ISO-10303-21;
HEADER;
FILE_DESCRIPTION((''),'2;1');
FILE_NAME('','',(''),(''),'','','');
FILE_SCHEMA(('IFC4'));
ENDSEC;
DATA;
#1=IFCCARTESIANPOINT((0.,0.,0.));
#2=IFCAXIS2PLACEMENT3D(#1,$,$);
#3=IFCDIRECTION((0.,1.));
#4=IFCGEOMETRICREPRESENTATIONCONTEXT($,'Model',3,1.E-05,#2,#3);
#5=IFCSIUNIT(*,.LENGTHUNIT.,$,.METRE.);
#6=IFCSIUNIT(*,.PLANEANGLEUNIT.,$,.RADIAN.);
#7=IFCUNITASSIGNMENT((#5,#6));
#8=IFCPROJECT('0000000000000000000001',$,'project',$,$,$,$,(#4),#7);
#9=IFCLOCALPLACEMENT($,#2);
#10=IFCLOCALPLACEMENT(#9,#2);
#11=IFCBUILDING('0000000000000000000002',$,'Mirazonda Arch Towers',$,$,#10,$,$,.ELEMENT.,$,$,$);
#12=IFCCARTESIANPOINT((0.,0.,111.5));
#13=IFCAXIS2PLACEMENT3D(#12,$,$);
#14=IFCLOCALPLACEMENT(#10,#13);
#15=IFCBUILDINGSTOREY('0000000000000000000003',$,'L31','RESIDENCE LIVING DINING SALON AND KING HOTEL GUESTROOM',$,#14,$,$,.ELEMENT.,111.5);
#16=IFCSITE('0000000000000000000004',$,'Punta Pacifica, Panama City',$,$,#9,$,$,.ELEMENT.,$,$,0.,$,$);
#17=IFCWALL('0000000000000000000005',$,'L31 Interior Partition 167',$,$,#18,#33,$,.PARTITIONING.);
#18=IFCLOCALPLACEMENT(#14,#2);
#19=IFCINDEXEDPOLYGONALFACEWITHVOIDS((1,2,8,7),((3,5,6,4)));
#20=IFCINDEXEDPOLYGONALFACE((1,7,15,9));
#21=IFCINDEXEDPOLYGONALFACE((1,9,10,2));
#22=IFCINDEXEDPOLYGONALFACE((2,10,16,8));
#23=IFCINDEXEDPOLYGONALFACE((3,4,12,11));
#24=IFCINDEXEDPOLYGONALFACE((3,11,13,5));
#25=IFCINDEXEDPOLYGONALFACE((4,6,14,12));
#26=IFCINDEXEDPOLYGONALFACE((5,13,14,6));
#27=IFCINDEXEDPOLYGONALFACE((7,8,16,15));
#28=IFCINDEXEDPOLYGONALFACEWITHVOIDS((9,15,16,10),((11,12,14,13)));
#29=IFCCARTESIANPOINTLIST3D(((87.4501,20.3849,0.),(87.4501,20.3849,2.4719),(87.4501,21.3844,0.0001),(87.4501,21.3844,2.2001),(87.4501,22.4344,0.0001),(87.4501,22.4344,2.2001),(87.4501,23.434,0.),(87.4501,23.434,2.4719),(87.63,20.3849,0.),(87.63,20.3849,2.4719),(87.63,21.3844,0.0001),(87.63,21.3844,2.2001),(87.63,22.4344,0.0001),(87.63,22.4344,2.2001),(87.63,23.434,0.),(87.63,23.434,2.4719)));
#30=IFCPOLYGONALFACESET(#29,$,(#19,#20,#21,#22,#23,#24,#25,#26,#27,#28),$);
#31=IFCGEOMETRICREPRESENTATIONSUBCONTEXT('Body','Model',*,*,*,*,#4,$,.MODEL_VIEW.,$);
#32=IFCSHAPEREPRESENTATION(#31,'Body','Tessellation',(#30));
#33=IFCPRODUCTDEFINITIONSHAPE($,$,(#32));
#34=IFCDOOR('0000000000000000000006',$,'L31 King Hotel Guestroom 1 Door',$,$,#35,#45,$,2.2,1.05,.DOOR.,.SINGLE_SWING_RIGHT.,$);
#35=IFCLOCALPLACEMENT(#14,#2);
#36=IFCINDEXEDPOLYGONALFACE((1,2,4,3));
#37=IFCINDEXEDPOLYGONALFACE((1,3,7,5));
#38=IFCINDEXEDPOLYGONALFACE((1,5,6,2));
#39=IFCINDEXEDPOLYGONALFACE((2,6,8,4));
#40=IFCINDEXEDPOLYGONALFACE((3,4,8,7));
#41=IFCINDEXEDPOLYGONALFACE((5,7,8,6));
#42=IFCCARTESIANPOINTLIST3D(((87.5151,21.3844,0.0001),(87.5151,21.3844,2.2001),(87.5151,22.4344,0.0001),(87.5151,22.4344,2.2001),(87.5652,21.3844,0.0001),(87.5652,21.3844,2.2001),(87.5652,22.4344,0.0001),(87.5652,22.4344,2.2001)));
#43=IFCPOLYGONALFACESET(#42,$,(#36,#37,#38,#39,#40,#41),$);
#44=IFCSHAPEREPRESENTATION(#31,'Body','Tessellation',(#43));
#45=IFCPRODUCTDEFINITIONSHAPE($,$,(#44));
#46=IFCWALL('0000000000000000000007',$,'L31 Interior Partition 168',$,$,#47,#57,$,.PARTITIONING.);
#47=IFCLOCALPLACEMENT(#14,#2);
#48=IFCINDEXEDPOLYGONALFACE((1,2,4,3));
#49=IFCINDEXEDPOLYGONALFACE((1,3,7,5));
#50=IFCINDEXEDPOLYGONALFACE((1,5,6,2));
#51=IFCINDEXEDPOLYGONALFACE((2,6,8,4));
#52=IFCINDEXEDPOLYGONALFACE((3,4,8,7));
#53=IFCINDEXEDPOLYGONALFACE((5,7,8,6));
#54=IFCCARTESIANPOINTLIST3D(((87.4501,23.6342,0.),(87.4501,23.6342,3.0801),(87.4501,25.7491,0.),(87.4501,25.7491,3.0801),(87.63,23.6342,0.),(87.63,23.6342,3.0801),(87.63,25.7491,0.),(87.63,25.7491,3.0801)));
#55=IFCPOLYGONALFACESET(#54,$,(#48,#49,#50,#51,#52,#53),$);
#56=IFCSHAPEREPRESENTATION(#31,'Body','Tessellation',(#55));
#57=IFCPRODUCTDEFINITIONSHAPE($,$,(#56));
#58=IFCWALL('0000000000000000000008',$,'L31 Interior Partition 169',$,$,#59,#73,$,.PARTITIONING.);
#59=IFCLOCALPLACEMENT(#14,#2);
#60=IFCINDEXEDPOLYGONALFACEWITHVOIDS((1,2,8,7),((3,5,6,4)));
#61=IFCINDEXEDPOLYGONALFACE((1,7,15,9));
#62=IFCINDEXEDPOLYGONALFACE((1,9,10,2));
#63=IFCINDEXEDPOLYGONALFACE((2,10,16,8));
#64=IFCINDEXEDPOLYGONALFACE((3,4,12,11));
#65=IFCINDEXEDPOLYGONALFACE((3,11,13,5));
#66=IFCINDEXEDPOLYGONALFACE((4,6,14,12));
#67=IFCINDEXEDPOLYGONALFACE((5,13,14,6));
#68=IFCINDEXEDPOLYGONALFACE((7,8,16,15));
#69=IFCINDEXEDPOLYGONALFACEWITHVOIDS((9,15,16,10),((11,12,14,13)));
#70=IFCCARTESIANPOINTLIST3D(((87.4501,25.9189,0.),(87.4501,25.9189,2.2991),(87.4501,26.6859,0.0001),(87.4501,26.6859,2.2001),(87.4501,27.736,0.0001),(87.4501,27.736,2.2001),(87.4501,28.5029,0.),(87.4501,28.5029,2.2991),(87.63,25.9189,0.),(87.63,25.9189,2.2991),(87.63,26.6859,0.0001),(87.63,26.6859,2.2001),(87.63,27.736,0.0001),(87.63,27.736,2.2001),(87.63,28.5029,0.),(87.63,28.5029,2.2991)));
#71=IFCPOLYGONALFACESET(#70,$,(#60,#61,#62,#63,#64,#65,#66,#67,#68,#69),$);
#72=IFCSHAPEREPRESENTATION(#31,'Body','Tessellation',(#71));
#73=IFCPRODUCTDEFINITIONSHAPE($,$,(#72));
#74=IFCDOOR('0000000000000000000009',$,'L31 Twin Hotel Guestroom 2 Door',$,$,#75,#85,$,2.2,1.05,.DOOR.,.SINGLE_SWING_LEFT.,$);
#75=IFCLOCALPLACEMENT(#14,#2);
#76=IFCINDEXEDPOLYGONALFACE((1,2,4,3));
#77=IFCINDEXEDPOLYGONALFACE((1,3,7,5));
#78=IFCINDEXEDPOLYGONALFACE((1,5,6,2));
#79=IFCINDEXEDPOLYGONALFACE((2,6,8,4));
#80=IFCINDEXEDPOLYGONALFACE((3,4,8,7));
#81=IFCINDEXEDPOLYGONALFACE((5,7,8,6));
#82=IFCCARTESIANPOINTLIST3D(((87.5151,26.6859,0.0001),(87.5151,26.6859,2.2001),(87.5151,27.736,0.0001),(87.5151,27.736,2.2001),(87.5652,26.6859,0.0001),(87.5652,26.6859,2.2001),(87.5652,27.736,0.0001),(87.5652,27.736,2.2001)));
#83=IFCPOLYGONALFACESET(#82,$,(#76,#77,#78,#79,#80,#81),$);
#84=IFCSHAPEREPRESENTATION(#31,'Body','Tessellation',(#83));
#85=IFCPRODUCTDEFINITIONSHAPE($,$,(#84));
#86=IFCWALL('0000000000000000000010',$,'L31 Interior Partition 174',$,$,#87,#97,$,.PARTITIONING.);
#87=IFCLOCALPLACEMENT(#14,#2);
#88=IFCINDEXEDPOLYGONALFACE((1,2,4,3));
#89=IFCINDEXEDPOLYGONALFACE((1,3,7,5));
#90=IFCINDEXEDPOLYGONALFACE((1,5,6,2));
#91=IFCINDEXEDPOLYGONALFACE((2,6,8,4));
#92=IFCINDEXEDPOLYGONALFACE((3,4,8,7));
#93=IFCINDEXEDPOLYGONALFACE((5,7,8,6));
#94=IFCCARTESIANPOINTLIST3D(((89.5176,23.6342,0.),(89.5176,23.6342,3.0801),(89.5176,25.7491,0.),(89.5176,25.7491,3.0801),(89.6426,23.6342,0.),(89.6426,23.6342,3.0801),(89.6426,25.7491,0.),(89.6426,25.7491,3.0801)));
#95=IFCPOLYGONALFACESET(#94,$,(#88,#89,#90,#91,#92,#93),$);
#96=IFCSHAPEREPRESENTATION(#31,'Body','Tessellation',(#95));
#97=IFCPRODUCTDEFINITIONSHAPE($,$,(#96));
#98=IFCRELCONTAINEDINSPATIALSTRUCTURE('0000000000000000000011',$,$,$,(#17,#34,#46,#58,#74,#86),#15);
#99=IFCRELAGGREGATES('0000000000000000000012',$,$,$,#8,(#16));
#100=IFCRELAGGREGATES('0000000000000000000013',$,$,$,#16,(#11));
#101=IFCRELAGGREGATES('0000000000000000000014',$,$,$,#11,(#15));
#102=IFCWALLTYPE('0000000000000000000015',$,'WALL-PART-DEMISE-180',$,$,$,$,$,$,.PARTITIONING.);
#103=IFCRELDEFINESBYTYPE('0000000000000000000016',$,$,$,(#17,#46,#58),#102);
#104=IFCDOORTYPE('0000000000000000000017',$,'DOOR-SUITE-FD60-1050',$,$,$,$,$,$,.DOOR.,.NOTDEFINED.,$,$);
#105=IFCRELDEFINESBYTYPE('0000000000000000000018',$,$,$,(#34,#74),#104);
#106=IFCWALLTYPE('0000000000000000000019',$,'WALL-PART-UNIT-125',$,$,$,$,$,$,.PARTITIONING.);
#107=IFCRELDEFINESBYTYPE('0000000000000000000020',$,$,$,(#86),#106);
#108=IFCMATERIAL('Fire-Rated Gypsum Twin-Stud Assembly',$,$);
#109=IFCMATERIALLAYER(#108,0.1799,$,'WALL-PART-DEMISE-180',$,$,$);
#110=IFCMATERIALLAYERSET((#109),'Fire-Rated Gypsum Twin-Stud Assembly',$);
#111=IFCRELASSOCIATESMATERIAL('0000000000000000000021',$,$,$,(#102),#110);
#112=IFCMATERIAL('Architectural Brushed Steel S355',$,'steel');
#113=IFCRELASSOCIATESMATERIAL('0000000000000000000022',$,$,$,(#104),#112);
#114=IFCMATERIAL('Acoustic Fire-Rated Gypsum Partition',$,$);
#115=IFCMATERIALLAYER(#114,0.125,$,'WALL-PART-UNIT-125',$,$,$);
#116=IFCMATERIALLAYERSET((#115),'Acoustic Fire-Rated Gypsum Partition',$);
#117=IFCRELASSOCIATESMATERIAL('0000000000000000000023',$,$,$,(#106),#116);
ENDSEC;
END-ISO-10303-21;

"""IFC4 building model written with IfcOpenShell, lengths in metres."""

from ifc_helpers import new_model, si_unit, direction, frame, frame_2d, origin, place, context, subcontext, project, spatial, rectangle, extrude, material, layer, layer_set, type_object, element, fill, save


model = new_model("IFC4")

# Units and contexts
model_context = context("Model", 3, precision=1e-05, world=origin(), true_north=direction((0.0, 1.0)))
body_context = subcontext(model_context, "Body", "Model", "MODEL_VIEW")
ifc_project = project(units=[si_unit("LENGTHUNIT", "METRE"), si_unit("PLANEANGLEUNIT", "RADIAN")], contexts=[model_context])

# Site, building, storey
site_placement = place(None, origin())
site = spatial("IfcSite", under=ifc_project, at=site_placement, Name="Punta Pacifica, Panama City", CompositionType="ELEMENT", RefElevation=0.0)
building_placement = place(site_placement, origin())
building = spatial("IfcBuilding", under=site, at=building_placement, Name="Mirazonda Arch Towers", CompositionType="ELEMENT")
storey_placement = place(building_placement, frame((0.0, 0.0, 111.5)))
storey = spatial("IfcBuildingStorey", under=building, at=storey_placement, Name="L31", Description="RESIDENCE LIVING DINING SALON AND KING HOTEL GUESTROOM", CompositionType="ELEMENT", Elevation=111.5)

# Shared definitions
ifc_material_1 = material(Name="Fire-Rated Gypsum Twin-Stud Assembly")
ifc_layer_1 = layer(ifc_material_1, 0.1799, Name="WALL-PART-DEMISE-180")
ifc_layer_set_1 = layer_set([ifc_layer_1], Name="Fire-Rated Gypsum Twin-Stud Assembly")
wall_type_1 = type_object("IfcWallType", Name="WALL-PART-DEMISE-180", PredefinedType="PARTITIONING", material=ifc_layer_set_1)
ifc_material_2 = material(Name="Architectural Brushed Steel S355", Category="steel")

# Wall, opening, door
wall_1_placement = place(storey_placement, frame((87.54, 20.385, 0.0), z_axis=(0.0, 0.0, 1.0), x_axis=(0.0, 1.0, 0.0)))
wall_1 = element("IfcWall", 1, at=wall_1_placement, inside=storey, type_object=wall_type_1, Name="L31 Interior Partition 167", PredefinedType="PARTITIONING", context=body_context, shape_type="SweptSolid", body=[
    extrude(rectangle(XDim=3.0491, YDim=0.1799, at=frame_2d((1.5244, 0.0))), origin(), (0.0, 0.0, 1.0), 2.4719),
])
opening_1_placement = place(wall_1_placement, frame((0.9995, 0.0, 0.0)))
opening_1 = element("IfcOpeningElement", 2, at=opening_1_placement, cuts=wall_1, PredefinedType="OPENING", context=body_context, shape_type="SweptSolid", body=[
    extrude(rectangle(XDim=1.05, YDim=2.2, at=frame_2d((0.5249, 1.1001))), frame((0.0, 0.0999, 0.0), z_axis=(0.0, -1.0, 0.0), x_axis=(1.0, 0.0, 0.0)), (0.0, 0.0, 1.0), 0.2),
])
door_type_1 = type_object("IfcDoorType", Name="DOOR-SUITE-FD60-1050", OperationType="NOTDEFINED", PredefinedType="DOOR", material=ifc_material_2)
door_1_placement = place(opening_1_placement, origin())
door_1 = element("IfcDoor", 3, at=door_1_placement, inside=storey, type_object=door_type_1, Name="L31 King Hotel Guestroom 1 Door", OperationType="SINGLE_SWING_RIGHT", OverallHeight=2.2, OverallWidth=1.05, PredefinedType="DOOR", context=body_context, shape_type="SweptSolid", body=[
    extrude(rectangle(XDim=1.05, YDim=2.2, at=frame_2d((0.5249, 1.1001))), frame((0.0, 0.0249, 0.0), z_axis=(0.0, -1.0, 0.0), x_axis=(1.0, 0.0, 0.0)), (0.0, 0.0, 1.0), 0.05),
])
fill(opening_1, door_1)

# Wall
wall_2_placement = place(storey_placement, frame((87.54, 23.634, 0.0), z_axis=(0.0, 0.0, 1.0), x_axis=(0.0, 1.0, 0.0)))
element("IfcWall", 4, at=wall_2_placement, inside=storey, type_object=wall_type_1, Name="L31 Interior Partition 168", PredefinedType="PARTITIONING", context=body_context, shape_type="SweptSolid", body=[
    extrude(rectangle(XDim=2.115, YDim=0.1799, at=frame_2d((1.0576, 0.0))), origin(), (0.0, 0.0, 1.0), 3.0801),
])

# Wall, opening, door
wall_3_placement = place(storey_placement, frame((87.54, 25.9189, 0.0), z_axis=(0.0, 0.0, 1.0), x_axis=(0.0, 1.0, 0.0)))
wall_3 = element("IfcWall", 5, at=wall_3_placement, inside=storey, type_object=wall_type_1, Name="L31 Interior Partition 169", PredefinedType="PARTITIONING", context=body_context, shape_type="SweptSolid", body=[
    extrude(rectangle(XDim=2.584, YDim=0.1799, at=frame_2d((1.292, 0.0))), origin(), (0.0, 0.0, 1.0), 2.2991),
])
opening_2_placement = place(wall_3_placement, frame((0.7671, 0.0, 0.0)))
opening_2 = element("IfcOpeningElement", 6, at=opening_2_placement, cuts=wall_3, PredefinedType="OPENING", context=body_context, shape_type="SweptSolid", body=[
    extrude(rectangle(XDim=1.05, YDim=2.2, at=frame_2d((0.5249, 1.1001))), frame((0.0, 0.0999, 0.0), z_axis=(0.0, -1.0, 0.0), x_axis=(1.0, 0.0, 0.0)), (0.0, 0.0, 1.0), 0.2),
])
door_2_placement = place(opening_2_placement, origin())
door_2 = element("IfcDoor", 7, at=door_2_placement, inside=storey, type_object=door_type_1, Name="L31 Twin Hotel Guestroom 2 Door", OperationType="SINGLE_SWING_LEFT", OverallHeight=2.2, OverallWidth=1.05, PredefinedType="DOOR", context=body_context, shape_type="SweptSolid", body=[
    extrude(rectangle(XDim=1.05, YDim=2.2, at=frame_2d((0.5249, 1.1001))), frame((0.0, 0.0249, 0.0), z_axis=(0.0, -1.0, 0.0), x_axis=(1.0, 0.0, 0.0)), (0.0, 0.0, 1.0), 0.05),
])
fill(opening_2, door_2)

# Wall
ifc_material_3 = material(Name="Acoustic Fire-Rated Gypsum Partition")
ifc_layer_2 = layer(ifc_material_3, 0.125, Name="WALL-PART-UNIT-125")
ifc_layer_set_2 = layer_set([ifc_layer_2], Name="Acoustic Fire-Rated Gypsum Partition")
wall_type_2 = type_object("IfcWallType", Name="WALL-PART-UNIT-125", PredefinedType="PARTITIONING", material=ifc_layer_set_2)
wall_4_placement = place(storey_placement, frame((89.5801, 23.634, 0.0), z_axis=(0.0, 0.0, 1.0), x_axis=(0.0, 1.0, 0.0)))
element("IfcWall", 8, at=wall_4_placement, inside=storey, type_object=wall_type_2, Name="L31 Interior Partition 174", PredefinedType="PARTITIONING", context=body_context, shape_type="SweptSolid", body=[
    extrude(rectangle(XDim=2.115, YDim=0.125, at=frame_2d((1.0576, 0.0))), origin(), (0.0, 0.0, 1.0), 3.0801),
])

save(model, "model.ifc")
